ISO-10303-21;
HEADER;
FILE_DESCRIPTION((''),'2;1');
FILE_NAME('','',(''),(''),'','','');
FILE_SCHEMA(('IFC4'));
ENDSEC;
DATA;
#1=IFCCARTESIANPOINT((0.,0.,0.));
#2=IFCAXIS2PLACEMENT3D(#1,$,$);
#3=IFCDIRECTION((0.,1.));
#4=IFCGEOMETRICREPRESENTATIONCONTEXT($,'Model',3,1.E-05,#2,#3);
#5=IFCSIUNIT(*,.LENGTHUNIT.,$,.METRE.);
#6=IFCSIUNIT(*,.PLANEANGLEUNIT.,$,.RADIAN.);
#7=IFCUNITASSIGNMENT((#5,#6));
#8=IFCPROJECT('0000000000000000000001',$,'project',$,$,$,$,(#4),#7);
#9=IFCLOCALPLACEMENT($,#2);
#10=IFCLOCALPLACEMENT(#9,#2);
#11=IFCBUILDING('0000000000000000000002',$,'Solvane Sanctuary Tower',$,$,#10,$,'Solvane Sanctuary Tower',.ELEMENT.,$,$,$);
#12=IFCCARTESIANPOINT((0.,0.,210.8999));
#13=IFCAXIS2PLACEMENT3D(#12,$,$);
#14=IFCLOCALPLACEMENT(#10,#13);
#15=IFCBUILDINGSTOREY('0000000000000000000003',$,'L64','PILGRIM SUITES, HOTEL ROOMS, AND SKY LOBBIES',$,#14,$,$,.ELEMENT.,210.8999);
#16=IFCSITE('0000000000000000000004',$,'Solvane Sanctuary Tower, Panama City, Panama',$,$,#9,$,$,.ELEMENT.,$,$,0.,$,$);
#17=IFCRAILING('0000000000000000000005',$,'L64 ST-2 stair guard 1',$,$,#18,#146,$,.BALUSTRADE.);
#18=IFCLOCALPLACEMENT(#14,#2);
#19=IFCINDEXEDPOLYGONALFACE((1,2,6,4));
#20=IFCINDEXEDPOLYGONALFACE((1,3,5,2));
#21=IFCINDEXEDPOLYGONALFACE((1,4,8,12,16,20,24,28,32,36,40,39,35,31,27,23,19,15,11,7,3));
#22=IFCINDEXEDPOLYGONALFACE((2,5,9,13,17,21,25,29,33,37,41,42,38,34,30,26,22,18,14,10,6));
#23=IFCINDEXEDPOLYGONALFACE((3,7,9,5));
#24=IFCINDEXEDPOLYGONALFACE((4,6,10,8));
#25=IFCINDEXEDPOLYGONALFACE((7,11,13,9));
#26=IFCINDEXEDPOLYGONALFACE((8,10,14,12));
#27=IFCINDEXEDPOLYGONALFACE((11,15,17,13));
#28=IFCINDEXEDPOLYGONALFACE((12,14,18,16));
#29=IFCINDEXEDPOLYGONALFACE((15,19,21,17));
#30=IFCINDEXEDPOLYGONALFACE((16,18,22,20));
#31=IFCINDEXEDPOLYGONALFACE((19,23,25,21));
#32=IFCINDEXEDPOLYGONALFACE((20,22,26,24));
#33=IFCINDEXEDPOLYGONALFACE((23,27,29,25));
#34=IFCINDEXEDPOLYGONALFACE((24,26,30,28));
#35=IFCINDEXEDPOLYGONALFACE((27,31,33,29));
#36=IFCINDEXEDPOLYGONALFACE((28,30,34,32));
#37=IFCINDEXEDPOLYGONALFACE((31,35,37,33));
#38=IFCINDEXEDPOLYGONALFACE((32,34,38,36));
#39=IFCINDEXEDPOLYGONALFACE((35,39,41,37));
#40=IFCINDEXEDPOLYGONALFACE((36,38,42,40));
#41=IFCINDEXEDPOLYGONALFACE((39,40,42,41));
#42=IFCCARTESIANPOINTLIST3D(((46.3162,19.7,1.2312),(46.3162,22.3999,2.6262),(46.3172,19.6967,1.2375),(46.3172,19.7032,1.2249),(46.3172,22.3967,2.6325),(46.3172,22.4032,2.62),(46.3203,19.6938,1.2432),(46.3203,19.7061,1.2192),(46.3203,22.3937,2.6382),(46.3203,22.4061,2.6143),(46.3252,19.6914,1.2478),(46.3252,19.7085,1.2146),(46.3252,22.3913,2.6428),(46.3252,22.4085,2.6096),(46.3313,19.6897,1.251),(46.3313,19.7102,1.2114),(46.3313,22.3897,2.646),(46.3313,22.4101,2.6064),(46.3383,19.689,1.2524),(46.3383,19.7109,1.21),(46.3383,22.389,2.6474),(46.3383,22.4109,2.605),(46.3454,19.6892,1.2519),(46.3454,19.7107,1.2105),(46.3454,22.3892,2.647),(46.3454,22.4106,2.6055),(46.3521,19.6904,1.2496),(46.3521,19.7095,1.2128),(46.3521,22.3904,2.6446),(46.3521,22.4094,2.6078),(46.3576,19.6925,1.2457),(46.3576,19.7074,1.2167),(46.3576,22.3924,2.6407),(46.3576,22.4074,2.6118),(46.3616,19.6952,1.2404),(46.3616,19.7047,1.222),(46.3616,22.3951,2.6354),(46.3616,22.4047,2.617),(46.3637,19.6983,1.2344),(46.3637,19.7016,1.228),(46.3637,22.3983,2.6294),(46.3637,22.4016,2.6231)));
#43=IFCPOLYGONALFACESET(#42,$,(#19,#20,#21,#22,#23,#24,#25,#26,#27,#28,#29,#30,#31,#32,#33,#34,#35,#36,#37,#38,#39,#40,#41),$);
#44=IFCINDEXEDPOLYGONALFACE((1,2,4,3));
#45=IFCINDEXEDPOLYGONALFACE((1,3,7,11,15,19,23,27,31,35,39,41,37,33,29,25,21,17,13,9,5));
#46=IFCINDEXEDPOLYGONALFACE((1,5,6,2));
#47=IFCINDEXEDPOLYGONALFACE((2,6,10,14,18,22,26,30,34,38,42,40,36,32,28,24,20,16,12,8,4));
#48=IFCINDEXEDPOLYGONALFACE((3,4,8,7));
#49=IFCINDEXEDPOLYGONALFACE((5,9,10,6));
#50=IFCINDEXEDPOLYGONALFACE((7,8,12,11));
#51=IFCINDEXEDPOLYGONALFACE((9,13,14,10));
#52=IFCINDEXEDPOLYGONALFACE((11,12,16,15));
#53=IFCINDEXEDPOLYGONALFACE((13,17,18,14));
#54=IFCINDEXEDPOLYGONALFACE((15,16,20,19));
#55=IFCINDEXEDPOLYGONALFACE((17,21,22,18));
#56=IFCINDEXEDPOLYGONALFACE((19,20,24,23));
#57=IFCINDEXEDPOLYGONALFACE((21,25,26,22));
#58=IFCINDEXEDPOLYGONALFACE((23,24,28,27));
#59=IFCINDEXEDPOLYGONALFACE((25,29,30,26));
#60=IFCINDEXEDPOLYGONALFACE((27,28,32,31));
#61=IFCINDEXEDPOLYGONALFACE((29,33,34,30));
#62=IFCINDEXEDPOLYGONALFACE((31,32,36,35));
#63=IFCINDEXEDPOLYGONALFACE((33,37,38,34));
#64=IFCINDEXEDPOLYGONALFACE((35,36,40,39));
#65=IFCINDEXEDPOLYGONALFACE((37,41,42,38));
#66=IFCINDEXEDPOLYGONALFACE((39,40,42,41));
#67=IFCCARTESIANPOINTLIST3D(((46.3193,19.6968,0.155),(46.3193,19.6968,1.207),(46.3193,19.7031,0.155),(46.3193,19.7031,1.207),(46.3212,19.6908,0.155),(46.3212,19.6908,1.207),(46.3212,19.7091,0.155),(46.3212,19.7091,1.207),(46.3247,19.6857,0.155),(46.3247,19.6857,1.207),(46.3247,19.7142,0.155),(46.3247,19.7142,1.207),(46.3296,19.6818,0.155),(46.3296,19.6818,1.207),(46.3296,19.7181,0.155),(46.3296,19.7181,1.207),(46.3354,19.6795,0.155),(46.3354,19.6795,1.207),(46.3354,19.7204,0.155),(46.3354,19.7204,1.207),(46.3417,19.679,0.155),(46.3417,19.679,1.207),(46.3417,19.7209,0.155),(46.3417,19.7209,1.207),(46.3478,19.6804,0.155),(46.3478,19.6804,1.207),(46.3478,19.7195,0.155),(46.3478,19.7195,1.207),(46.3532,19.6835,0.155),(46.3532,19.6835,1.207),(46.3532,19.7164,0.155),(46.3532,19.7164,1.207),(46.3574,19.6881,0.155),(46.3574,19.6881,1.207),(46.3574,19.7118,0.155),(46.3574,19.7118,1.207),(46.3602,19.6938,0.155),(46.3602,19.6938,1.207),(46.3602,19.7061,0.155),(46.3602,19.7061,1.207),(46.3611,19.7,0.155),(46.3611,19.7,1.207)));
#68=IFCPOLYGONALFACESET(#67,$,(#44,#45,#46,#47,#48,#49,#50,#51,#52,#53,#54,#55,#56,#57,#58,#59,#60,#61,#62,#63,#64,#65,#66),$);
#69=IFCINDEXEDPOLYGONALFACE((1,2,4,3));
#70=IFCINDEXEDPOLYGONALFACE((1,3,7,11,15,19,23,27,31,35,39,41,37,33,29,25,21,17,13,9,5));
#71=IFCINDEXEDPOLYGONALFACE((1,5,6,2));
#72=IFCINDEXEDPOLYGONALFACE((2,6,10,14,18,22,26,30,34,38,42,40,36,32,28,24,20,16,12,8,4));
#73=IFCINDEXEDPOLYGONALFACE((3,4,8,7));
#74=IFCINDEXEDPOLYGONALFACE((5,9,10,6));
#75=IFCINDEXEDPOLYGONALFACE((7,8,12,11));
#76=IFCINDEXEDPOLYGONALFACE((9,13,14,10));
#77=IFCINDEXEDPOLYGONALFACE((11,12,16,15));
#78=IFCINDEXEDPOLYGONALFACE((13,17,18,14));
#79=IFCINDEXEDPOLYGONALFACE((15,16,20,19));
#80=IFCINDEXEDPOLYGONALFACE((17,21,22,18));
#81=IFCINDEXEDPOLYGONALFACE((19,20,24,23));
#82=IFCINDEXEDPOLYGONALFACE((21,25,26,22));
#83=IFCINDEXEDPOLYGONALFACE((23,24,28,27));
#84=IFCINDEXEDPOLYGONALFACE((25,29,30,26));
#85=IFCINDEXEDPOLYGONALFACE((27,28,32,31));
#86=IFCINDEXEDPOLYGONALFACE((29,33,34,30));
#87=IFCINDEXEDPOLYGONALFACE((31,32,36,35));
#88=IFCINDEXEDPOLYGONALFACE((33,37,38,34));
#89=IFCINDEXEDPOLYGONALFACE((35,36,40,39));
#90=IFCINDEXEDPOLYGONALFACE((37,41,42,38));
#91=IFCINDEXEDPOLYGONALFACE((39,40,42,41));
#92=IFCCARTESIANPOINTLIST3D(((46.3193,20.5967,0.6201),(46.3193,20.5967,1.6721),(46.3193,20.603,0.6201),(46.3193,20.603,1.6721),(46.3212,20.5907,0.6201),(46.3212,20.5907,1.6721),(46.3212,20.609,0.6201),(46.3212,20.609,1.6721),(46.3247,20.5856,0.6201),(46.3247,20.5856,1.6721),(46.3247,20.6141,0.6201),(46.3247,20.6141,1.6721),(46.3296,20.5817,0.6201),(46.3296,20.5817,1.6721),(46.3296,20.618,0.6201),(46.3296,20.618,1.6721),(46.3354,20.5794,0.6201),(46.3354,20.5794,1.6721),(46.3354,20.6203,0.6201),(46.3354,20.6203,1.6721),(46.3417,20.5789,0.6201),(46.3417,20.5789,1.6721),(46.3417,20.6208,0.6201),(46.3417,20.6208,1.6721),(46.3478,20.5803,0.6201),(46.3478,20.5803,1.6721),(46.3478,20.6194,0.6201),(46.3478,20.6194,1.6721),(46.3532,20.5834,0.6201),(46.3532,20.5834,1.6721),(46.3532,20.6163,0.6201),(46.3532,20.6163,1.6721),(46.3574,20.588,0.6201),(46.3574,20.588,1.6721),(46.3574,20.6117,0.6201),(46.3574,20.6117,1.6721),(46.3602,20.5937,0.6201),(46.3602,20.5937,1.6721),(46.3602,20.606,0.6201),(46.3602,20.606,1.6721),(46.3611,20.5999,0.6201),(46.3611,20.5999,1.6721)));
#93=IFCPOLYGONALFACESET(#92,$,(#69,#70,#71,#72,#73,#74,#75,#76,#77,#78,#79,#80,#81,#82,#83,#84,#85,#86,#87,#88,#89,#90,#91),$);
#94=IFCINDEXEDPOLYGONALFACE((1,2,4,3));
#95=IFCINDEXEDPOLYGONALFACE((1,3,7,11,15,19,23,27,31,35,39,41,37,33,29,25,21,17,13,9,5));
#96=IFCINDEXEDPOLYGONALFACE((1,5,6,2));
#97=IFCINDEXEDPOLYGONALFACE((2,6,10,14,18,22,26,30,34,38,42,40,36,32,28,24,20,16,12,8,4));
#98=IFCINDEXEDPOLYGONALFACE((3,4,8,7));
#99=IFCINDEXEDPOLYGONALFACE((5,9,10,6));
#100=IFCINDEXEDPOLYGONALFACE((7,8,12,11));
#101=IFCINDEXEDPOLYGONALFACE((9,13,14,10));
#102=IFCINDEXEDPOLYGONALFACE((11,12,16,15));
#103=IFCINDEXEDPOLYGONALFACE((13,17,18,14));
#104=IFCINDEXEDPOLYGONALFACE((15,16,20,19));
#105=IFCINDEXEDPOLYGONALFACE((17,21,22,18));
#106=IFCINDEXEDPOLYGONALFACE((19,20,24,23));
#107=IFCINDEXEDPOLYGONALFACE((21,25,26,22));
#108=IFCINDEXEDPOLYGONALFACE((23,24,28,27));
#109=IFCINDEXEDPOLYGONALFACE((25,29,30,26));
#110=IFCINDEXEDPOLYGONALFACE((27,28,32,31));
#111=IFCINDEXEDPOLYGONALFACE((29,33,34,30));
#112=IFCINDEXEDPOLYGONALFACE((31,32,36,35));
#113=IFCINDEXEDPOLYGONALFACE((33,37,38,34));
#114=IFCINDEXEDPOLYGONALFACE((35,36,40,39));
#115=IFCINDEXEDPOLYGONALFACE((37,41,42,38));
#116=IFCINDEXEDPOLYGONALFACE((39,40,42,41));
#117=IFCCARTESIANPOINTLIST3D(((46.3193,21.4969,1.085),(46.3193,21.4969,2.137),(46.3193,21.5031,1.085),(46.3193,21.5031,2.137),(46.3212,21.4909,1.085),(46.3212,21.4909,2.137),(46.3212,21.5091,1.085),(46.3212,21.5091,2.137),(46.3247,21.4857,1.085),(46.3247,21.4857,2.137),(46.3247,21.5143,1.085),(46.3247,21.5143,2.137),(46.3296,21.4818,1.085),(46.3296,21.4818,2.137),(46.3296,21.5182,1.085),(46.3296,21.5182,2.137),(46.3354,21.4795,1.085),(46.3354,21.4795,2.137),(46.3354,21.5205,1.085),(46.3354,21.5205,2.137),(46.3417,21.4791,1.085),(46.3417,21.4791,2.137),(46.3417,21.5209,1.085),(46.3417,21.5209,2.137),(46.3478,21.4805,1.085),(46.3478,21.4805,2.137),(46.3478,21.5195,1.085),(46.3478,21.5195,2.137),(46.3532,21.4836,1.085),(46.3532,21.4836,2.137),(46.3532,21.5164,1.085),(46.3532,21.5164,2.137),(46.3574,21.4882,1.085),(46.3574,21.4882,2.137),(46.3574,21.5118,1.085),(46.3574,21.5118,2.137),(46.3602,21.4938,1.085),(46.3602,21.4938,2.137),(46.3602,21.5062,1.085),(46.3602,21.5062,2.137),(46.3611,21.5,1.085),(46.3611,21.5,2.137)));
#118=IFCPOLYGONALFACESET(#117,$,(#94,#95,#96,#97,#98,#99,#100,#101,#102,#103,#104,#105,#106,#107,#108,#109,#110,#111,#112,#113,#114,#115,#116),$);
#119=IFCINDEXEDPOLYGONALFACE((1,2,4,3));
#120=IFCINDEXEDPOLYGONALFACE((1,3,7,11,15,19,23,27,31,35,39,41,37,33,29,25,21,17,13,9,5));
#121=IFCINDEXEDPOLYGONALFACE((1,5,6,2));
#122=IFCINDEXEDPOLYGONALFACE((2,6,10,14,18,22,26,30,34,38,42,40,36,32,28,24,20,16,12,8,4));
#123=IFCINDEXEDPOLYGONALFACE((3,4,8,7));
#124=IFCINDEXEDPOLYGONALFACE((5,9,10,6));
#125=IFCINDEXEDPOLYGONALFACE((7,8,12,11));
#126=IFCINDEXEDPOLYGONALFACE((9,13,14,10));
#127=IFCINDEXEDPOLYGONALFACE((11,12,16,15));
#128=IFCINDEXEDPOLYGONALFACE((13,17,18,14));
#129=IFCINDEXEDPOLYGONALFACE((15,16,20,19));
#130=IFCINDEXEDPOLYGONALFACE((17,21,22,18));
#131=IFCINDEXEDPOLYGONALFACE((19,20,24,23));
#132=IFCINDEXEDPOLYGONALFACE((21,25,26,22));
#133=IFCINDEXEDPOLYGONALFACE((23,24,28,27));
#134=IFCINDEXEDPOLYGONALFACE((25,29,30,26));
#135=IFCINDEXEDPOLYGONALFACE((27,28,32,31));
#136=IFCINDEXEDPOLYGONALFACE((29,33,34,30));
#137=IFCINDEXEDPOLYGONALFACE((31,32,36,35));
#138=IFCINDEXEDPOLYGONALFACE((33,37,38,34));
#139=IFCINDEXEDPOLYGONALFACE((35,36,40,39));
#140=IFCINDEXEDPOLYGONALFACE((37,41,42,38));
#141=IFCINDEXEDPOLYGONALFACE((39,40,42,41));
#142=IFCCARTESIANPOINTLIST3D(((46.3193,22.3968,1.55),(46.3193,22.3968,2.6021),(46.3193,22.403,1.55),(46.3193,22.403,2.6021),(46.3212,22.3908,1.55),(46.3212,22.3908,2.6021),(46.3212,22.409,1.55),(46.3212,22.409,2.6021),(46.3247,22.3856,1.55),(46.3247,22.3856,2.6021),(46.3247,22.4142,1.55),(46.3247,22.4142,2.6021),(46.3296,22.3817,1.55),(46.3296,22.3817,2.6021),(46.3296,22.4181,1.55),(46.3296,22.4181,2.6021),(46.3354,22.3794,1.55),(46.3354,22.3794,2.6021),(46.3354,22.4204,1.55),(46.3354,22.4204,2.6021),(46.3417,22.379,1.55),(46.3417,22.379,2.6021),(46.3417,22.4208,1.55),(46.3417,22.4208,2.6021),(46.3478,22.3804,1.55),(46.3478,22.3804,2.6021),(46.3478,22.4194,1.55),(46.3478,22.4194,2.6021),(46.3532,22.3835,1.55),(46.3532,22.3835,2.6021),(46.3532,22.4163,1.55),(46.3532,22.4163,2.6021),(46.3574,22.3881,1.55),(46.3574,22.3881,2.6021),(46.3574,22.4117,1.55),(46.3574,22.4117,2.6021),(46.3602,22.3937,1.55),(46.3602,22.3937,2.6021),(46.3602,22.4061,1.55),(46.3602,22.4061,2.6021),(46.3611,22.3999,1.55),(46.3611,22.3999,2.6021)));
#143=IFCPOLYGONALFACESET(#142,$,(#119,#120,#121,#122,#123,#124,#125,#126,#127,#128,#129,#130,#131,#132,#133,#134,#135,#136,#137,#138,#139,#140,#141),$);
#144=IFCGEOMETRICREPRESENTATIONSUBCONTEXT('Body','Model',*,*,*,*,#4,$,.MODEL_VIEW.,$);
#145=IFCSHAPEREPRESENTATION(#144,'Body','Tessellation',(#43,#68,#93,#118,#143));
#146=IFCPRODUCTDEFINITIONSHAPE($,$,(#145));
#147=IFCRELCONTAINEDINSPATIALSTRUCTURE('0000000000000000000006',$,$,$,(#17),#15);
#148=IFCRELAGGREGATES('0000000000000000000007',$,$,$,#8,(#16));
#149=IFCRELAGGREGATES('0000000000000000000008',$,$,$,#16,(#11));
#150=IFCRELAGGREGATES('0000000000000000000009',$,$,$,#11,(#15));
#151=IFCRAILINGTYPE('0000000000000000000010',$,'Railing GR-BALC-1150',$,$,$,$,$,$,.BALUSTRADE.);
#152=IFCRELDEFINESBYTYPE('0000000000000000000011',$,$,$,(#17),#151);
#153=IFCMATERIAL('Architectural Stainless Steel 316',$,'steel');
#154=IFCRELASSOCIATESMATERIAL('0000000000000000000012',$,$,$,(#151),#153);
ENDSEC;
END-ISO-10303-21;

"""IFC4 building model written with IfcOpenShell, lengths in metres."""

from ifc_helpers import new_model, si_unit, direction, frame, origin, origin_2d, place, context, subcontext, project, spatial, circle, extrude, material, type_object, element, save


model = new_model("IFC4")

# Units and contexts
model_context = context("Model", 3, precision=1e-05, world=origin(), true_north=direction((0.0, 1.0)))
body_context = subcontext(model_context, "Body", "Model", "MODEL_VIEW")
ifc_project = project(units=[si_unit("LENGTHUNIT", "METRE"), si_unit("PLANEANGLEUNIT", "RADIAN")], contexts=[model_context])

# Site, building, storey
site_placement = place(None, origin())
site = spatial("IfcSite", under=ifc_project, at=site_placement, Name="Solvane Sanctuary Tower, Panama City, Panama", CompositionType="ELEMENT", RefElevation=0.0)
building_placement = place(site_placement, origin())
building = spatial("IfcBuilding", under=site, at=building_placement, Name="Solvane Sanctuary Tower", LongName="Solvane Sanctuary Tower", CompositionType="ELEMENT")
storey_placement = place(building_placement, frame((0.0, 0.0, 210.8999)))
storey = spatial("IfcBuildingStorey", under=building, at=storey_placement, Name="L64", Description="PILGRIM SUITES, HOTEL ROOMS, AND SKY LOBBIES", CompositionType="ELEMENT", Elevation=210.8999)

# Shared definitions
ifc_material_1 = material(Name="Architectural Stainless Steel 316", Category="steel")

# Railing
railing_type_1 = type_object("IfcRailingType", Name="Railing GR-BALC-1150", PredefinedType="BALUSTRADE", material=ifc_material_1)
railing_1_placement = place(storey_placement, frame((46.3401, 19.7, 0.155)))
element("IfcRailing", 1, at=railing_1_placement, inside=storey, type_object=railing_type_1, Name="L64 ST-2 stair guard 1", PredefinedType="BALUSTRADE", context=body_context, shape_type="SweptSolid", body=[
    extrude(circle(Radius=0.0239, at=origin_2d()), frame((0.0, 0.0, 1.0762), z_axis=(0.0, 0.88842, 0.459032), x_axis=(-1.0, 0.0, 0.0)), (0.0, 0.0, 1.0), 3.0391),
    extrude(circle(Radius=0.021, at=origin_2d()), origin(), (0.0, 0.0, 1.0), 1.052),
    extrude(circle(Radius=0.021, at=origin_2d()), frame((0.0, 0.8999, 0.4651)), (0.0, 0.0, 1.0), 1.052),
    extrude(circle(Radius=0.021, at=origin_2d()), frame((0.0, 1.8, 0.9299)), (0.0, 0.0, 1.0), 1.052),
    extrude(circle(Radius=0.021, at=origin_2d()), frame((0.0, 2.7, 1.395)), (0.0, 0.0, 1.0), 1.052),
])

save(model, "model.ifc")
